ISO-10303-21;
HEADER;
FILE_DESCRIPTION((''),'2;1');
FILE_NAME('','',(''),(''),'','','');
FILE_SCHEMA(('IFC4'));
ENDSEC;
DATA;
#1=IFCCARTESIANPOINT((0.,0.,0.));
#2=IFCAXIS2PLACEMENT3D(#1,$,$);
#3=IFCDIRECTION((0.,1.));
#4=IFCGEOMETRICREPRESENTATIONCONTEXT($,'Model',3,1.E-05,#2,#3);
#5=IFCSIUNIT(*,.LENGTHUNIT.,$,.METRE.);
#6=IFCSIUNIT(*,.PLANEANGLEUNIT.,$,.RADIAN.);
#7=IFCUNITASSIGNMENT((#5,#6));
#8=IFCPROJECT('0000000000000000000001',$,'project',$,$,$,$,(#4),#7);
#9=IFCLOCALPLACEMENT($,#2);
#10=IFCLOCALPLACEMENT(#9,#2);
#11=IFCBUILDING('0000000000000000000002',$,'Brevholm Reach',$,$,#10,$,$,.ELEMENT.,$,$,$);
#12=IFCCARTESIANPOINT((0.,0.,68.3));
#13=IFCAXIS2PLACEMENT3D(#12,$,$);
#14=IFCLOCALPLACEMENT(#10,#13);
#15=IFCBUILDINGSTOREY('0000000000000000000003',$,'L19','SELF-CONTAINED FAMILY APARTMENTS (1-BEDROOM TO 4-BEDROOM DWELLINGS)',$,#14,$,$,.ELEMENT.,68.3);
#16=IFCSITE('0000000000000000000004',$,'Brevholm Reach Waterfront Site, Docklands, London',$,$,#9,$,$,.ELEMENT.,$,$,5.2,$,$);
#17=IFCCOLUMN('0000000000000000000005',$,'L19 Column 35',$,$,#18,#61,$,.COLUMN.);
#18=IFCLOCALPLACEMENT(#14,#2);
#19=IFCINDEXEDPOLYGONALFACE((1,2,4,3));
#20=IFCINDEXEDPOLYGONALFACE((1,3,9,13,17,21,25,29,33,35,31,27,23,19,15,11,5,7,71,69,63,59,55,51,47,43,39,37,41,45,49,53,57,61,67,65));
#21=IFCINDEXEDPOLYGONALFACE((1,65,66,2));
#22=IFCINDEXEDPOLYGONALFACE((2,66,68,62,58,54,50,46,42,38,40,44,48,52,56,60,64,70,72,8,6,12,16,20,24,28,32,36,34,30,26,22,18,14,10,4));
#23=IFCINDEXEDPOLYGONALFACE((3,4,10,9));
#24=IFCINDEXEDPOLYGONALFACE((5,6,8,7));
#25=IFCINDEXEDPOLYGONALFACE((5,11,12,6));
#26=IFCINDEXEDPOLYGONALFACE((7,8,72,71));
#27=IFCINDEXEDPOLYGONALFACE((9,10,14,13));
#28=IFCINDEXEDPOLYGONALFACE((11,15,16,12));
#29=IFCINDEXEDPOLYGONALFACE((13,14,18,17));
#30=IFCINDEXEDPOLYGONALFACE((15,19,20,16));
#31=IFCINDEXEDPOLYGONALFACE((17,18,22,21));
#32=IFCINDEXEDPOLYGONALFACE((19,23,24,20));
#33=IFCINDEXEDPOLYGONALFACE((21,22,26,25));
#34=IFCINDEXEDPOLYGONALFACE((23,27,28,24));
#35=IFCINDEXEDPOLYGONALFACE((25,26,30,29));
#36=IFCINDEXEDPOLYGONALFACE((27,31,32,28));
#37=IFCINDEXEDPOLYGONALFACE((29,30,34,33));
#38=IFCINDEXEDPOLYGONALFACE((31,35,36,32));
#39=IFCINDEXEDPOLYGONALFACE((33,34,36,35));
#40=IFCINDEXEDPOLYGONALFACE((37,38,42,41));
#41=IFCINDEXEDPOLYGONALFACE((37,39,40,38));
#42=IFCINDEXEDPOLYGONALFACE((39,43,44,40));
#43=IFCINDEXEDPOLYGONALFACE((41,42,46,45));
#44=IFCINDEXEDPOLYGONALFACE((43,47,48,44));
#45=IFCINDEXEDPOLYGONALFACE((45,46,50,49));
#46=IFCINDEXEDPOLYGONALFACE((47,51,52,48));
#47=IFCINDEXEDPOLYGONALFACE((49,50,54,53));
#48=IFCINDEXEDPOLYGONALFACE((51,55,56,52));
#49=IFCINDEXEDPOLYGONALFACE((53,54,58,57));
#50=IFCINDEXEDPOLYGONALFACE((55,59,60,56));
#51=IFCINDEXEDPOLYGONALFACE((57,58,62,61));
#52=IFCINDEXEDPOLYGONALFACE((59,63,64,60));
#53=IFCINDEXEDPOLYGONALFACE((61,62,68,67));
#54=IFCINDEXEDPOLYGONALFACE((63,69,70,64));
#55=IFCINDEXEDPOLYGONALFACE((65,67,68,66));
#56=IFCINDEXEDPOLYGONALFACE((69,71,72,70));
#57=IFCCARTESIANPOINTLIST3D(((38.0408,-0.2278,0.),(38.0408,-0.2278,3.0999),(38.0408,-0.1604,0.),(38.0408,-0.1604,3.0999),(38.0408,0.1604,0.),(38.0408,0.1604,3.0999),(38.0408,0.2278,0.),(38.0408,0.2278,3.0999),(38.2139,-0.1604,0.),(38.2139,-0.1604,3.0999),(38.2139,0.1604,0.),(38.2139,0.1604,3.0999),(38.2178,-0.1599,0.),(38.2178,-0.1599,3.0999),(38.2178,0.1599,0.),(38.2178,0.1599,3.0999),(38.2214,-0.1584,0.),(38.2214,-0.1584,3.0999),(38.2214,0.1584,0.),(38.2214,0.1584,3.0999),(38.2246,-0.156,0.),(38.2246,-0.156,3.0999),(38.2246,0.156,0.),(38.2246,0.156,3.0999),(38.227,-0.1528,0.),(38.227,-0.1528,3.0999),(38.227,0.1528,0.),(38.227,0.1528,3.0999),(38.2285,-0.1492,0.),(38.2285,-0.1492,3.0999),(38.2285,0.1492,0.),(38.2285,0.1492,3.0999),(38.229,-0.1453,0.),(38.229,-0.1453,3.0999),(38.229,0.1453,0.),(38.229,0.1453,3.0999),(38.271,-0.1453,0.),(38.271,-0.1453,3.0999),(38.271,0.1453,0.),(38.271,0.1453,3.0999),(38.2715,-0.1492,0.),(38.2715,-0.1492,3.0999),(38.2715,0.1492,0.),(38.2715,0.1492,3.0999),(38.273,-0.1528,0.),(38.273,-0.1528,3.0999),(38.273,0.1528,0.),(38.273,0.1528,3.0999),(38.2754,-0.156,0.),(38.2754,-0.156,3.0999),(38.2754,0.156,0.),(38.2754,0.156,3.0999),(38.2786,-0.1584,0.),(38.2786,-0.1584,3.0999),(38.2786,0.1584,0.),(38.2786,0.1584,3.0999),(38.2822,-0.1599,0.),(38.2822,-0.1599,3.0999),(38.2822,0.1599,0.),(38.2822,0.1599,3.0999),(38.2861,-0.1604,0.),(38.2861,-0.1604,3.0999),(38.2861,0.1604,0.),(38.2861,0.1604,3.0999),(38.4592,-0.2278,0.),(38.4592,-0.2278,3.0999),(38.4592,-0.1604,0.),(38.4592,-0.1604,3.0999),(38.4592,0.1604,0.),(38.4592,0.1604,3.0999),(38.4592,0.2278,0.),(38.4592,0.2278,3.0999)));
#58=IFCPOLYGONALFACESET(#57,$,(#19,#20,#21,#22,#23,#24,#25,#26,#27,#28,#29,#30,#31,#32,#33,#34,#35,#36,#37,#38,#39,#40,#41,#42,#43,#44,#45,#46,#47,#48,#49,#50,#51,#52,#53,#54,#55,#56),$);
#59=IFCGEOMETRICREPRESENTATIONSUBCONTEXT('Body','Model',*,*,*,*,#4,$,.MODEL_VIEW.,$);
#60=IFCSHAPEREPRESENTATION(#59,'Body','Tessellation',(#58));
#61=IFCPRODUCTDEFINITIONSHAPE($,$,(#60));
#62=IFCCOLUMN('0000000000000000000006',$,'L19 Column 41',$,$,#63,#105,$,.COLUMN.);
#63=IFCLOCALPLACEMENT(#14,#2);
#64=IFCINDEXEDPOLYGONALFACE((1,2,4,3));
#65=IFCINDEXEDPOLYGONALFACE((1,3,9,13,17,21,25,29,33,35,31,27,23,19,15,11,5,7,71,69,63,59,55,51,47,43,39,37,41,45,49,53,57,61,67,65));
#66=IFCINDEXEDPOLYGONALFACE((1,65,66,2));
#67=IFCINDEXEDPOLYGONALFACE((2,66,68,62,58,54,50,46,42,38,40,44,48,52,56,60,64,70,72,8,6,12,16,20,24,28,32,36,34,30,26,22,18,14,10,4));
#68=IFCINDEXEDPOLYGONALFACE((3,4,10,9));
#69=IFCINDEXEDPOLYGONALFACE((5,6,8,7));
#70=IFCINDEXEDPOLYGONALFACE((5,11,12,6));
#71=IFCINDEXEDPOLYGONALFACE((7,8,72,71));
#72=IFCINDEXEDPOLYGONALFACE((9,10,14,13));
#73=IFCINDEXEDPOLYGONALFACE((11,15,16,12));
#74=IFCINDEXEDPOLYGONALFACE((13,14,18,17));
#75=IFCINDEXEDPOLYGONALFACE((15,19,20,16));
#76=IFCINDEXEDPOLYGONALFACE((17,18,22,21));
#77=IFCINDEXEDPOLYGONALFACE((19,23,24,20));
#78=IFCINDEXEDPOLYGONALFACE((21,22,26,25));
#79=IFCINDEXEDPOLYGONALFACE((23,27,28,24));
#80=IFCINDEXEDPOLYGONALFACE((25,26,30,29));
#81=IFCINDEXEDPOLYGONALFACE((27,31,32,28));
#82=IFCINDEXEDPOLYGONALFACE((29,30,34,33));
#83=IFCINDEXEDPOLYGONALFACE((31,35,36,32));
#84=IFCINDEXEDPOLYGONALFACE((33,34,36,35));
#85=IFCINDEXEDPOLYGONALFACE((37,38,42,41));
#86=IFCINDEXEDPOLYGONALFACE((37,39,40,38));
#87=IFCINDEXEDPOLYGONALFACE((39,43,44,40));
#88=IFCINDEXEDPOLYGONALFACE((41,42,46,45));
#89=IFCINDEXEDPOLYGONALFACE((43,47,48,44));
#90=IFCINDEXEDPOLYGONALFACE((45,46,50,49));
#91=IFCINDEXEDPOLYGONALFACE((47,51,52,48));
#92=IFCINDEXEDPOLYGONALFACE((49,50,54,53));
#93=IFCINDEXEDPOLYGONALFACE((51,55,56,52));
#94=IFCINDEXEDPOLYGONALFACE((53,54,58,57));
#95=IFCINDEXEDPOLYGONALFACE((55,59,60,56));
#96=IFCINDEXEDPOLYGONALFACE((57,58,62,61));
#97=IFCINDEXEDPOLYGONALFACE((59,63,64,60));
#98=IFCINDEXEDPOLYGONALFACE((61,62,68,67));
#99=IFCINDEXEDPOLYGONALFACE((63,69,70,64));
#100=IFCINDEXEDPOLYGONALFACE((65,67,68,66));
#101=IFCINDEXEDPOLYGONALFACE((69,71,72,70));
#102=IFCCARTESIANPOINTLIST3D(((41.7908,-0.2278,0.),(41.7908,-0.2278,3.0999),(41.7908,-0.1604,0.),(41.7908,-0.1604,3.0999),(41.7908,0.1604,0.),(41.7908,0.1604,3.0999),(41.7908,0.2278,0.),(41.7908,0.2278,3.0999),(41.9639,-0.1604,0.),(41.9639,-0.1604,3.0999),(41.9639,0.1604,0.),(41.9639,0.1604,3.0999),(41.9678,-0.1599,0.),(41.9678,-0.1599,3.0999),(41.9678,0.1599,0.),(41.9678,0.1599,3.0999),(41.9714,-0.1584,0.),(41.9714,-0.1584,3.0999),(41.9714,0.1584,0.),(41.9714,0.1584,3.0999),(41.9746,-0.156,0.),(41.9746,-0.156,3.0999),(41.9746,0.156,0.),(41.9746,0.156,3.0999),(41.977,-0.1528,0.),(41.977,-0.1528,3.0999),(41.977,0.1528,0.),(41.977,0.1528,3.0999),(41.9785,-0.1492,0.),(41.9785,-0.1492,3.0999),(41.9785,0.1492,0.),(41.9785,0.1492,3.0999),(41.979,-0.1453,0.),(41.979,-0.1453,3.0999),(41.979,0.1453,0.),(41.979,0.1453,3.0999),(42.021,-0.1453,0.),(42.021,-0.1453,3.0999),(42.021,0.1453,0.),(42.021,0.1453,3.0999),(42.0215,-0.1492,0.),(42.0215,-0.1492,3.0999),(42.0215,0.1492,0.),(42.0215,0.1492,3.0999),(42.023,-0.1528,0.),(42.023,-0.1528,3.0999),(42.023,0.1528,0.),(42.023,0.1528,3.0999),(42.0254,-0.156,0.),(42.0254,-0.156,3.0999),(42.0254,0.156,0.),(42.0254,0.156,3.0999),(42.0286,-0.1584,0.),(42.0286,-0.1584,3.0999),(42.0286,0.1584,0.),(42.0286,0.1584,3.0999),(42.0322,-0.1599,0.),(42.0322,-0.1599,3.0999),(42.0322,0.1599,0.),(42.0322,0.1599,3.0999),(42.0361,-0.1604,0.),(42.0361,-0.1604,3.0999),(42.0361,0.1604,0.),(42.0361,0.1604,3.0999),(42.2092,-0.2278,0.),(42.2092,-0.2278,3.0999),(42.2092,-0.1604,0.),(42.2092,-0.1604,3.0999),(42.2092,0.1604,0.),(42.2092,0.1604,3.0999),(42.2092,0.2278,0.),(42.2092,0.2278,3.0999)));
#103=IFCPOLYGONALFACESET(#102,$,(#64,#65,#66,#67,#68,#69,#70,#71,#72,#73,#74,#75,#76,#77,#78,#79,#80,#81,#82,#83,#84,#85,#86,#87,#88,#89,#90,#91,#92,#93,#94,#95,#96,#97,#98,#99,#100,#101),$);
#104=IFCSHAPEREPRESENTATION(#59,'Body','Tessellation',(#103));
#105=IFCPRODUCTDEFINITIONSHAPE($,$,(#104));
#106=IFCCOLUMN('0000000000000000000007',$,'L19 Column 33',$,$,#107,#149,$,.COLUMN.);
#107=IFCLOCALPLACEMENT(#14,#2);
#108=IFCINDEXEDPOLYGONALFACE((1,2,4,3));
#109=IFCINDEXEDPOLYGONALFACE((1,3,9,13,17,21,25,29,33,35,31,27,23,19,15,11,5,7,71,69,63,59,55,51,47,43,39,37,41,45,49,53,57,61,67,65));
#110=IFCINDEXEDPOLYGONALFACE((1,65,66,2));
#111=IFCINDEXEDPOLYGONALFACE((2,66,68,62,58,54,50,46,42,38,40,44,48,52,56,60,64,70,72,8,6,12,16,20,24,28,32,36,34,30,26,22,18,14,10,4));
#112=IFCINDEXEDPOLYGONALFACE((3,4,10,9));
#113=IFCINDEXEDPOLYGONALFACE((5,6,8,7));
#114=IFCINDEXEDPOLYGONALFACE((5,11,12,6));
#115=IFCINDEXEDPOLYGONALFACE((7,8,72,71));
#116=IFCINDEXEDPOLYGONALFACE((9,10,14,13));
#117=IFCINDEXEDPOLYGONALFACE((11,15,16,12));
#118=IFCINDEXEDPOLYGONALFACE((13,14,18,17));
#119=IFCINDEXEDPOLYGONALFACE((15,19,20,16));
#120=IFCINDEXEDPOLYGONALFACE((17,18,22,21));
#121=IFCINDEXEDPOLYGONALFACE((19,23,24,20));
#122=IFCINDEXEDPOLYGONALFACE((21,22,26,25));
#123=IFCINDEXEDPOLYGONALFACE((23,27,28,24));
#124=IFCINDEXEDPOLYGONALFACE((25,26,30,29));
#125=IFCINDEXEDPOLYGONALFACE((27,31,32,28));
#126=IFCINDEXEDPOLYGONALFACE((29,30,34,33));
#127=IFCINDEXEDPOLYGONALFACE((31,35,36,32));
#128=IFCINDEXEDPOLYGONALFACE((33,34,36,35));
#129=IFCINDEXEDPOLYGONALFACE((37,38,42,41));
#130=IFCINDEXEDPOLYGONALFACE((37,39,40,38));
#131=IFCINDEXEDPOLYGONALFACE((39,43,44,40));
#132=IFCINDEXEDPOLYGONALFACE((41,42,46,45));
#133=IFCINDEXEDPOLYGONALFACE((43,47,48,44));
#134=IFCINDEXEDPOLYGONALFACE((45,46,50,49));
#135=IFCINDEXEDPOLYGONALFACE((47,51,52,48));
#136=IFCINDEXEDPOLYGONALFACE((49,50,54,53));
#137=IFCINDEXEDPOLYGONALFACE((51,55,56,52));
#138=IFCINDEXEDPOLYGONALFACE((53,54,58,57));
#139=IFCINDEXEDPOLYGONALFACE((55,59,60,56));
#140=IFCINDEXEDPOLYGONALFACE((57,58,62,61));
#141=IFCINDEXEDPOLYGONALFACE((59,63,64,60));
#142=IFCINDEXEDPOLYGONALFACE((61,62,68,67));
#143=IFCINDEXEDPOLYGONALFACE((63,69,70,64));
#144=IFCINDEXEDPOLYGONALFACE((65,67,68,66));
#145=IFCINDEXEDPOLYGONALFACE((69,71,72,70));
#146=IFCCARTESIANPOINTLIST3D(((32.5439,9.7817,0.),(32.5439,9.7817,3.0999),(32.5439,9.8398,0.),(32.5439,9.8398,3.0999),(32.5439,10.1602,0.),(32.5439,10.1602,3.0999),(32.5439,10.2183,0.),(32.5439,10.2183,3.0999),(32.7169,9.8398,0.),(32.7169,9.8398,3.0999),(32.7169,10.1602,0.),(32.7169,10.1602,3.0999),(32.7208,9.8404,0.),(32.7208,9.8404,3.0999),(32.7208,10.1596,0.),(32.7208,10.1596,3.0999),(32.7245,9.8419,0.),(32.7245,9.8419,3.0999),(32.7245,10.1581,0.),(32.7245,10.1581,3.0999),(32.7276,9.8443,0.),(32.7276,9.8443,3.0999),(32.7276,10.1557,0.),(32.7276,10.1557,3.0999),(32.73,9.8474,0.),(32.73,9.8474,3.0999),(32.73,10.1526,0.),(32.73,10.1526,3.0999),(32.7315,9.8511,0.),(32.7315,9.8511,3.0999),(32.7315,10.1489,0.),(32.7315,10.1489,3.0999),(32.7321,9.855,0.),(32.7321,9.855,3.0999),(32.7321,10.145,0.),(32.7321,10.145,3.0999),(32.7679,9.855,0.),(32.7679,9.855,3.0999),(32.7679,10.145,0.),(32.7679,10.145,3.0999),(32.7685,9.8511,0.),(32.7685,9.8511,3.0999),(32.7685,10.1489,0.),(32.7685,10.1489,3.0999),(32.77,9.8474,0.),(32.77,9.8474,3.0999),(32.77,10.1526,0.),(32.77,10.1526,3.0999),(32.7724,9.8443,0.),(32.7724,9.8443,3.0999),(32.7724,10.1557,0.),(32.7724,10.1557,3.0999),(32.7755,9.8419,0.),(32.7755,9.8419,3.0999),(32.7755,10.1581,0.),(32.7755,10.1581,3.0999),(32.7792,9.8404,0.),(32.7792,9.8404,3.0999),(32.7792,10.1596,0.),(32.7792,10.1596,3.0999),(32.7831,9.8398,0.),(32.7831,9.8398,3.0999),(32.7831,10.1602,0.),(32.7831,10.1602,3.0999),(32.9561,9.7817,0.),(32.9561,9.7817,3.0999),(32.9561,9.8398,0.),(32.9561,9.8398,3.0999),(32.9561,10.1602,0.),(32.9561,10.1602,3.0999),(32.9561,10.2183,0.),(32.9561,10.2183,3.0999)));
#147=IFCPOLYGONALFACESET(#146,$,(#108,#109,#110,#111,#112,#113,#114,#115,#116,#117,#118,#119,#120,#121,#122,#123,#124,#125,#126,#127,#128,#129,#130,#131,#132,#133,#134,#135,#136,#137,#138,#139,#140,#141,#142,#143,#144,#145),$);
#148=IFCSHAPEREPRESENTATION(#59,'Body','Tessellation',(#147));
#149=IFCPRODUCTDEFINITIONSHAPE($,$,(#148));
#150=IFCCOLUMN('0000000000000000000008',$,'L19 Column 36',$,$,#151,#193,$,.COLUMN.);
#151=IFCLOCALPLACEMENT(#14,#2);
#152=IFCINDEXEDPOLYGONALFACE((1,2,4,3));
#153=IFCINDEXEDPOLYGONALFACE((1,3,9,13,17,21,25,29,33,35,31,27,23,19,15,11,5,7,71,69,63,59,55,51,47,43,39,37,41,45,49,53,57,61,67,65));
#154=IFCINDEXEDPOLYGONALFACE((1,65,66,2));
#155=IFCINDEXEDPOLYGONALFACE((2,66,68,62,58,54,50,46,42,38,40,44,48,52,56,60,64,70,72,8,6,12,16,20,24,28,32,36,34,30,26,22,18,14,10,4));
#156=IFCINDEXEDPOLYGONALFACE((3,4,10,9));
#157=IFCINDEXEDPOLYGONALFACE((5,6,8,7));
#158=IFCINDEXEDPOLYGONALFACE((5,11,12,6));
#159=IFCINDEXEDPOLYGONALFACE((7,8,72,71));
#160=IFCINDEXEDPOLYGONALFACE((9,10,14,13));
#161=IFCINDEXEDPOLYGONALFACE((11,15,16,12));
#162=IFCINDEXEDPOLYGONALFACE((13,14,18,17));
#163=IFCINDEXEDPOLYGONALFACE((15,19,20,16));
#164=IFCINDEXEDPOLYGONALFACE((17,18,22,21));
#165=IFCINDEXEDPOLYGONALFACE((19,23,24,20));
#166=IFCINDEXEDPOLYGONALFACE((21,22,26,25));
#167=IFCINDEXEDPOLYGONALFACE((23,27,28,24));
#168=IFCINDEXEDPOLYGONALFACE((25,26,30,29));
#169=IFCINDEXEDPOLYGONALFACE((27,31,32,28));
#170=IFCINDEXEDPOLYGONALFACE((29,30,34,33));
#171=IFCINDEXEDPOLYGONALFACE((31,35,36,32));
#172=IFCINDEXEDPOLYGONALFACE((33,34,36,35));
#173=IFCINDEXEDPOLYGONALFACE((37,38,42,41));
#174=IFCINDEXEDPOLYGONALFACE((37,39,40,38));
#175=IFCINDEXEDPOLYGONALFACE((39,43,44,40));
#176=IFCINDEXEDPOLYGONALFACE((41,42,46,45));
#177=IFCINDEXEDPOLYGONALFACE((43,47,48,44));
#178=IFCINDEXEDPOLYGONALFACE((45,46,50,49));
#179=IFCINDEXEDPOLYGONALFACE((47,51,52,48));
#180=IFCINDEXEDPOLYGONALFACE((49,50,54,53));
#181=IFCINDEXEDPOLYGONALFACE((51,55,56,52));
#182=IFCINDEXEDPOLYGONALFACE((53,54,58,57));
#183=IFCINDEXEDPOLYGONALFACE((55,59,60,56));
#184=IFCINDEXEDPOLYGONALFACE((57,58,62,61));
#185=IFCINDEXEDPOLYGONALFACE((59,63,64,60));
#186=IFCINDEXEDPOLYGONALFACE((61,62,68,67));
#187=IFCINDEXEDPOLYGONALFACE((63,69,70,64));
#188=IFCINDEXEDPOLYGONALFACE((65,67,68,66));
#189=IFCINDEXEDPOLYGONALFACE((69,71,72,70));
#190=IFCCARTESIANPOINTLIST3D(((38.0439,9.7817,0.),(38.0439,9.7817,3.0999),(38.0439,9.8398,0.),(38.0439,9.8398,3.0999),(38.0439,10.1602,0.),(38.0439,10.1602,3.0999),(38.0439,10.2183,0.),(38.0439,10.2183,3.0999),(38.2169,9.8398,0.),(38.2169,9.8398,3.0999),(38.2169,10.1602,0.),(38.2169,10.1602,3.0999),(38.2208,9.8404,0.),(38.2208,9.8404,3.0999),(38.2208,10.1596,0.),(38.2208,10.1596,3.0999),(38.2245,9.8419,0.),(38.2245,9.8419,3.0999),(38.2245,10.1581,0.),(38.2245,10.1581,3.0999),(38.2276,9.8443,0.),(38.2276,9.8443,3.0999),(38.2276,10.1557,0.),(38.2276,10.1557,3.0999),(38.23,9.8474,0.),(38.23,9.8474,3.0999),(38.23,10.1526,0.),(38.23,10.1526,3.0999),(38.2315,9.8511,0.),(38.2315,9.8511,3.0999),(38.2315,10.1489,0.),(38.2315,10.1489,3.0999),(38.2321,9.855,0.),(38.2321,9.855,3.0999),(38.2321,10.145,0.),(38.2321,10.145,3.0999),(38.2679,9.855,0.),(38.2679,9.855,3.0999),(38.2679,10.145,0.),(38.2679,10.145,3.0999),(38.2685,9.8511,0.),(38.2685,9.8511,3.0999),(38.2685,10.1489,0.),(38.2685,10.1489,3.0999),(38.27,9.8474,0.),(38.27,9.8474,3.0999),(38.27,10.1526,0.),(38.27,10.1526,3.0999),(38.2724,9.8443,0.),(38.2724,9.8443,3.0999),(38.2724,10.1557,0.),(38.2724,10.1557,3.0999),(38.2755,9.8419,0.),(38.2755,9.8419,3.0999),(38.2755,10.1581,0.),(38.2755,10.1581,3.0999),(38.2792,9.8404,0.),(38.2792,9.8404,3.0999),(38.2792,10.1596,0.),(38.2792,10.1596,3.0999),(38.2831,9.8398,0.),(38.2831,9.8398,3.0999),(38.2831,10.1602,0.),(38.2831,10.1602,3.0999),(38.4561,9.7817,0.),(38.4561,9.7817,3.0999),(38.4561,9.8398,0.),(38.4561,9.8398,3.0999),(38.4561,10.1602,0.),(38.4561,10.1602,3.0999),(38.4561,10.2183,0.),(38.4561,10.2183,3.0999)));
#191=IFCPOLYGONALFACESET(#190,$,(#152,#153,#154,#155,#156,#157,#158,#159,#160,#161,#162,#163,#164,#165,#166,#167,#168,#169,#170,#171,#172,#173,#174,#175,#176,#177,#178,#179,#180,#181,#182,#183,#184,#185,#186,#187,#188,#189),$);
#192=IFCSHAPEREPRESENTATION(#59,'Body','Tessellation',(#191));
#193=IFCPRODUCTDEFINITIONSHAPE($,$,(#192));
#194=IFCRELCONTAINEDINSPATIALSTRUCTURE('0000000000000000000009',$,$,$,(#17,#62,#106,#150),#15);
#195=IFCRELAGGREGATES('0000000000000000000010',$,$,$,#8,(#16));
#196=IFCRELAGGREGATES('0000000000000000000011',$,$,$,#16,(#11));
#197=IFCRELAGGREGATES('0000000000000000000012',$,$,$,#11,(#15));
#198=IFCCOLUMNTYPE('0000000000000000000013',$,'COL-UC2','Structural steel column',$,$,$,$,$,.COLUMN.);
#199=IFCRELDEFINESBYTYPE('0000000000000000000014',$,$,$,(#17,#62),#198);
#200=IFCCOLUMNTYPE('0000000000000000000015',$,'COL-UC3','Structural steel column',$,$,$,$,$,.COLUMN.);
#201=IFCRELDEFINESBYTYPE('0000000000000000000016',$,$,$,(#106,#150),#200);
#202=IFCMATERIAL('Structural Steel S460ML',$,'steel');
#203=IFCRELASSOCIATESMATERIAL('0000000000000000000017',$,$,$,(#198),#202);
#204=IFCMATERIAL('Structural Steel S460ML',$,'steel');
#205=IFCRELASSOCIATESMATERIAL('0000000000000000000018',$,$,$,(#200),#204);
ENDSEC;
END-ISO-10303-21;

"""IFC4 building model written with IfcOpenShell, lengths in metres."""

from ifc_helpers import new_model, si_unit, direction, frame, origin, origin_2d, place, context, subcontext, project, spatial, i_section, extrude, material, material_profile, profile_set, type_object, element, save


model = new_model("IFC4")

# Units and contexts
model_context = context("Model", 3, precision=1e-05, world=origin(), true_north=direction((0.0, 1.0)))
body_context = subcontext(model_context, "Body", "Model", "MODEL_VIEW")
ifc_project = project(units=[si_unit("LENGTHUNIT", "METRE"), si_unit("PLANEANGLEUNIT", "RADIAN")], contexts=[model_context])

# Site, building, storey
site_placement = place(None, origin())
site = spatial("IfcSite", under=ifc_project, at=site_placement, Name="Brevholm Reach Waterfront Site, Docklands, London", CompositionType="ELEMENT", RefElevation=5.2)
building_placement = place(site_placement, origin())
building = spatial("IfcBuilding", under=site, at=building_placement, Name="Brevholm Reach", CompositionType="ELEMENT")
storey_placement = place(building_placement, frame((0.0, 0.0, 68.3)))
storey = spatial("IfcBuildingStorey", under=building, at=storey_placement, Name="L19", Description="SELF-CONTAINED FAMILY APARTMENTS (1-BEDROOM TO 4-BEDROOM DWELLINGS)", CompositionType="ELEMENT", Elevation=68.3)

# Columns
ifc_material_1 = material(Name="Structural Steel S460ML", Category="steel")
ifc_material_profile_1 = material_profile(ifc_material_1, i_section(OverallWidth=0.4185, OverallDepth=0.4556, WebThickness=0.042, FlangeThickness=0.0674, FilletRadius=0.0151, at=origin_2d()), Name="UKC 356x406x551")
ifc_profile_set_1 = profile_set([ifc_material_profile_1], Name="Structural Steel S460ML")
column_type_1 = type_object("IfcColumnType", Name="COL-UC2", Description="Structural steel column", PredefinedType="COLUMN", material=ifc_profile_set_1)
for number, where, z_axis, x_axis, name in (
    (1, (38.25, 0.0, 0.0), (0.0, 0.0, 1.0), (1.0, 0.0, 0.0), "L19 Column 35"),
    (2, (42.0, 0.0, 0.0), (0.0, 0.0, 1.0), (1.0, 0.0, 0.0), "L19 Column 41"),
):
    element("IfcColumn", number, at=place(storey_placement, frame(where, z_axis=z_axis, x_axis=x_axis)), inside=storey, type_object=column_type_1, Name=name, PredefinedType="COLUMN", context=body_context, shape_type="SweptSolid", body=[
        extrude(i_section(OverallWidth=0.4185, OverallDepth=0.4556, WebThickness=0.042, FlangeThickness=0.0674, FilletRadius=0.0151, at=origin_2d()), origin(), (0.0, 0.0, 1.0), 3.0999),
    ])
ifc_material_2 = material(Name="Structural Steel S460ML", Category="steel")
ifc_material_profile_2 = material_profile(ifc_material_2, i_section(OverallWidth=0.4121, OverallDepth=0.4365, WebThickness=0.0359, FlangeThickness=0.0581, FilletRadius=0.0151, at=origin_2d()), Name="UKC 356x406x467")
ifc_profile_set_2 = profile_set([ifc_material_profile_2], Name="Structural Steel S460ML")
column_type_2 = type_object("IfcColumnType", Name="COL-UC3", Description="Structural steel column", PredefinedType="COLUMN", material=ifc_profile_set_2)
for number, where, z_axis, x_axis, name in (
    (3, (32.75, 10.0, 0.0), (0.0, 0.0, 1.0), (1.0, 0.0, 0.0), "L19 Column 33"),
    (4, (38.25, 10.0, 0.0), (0.0, 0.0, 1.0), (1.0, 0.0, 0.0), "L19 Column 36"),
):
    element("IfcColumn", number, at=place(storey_placement, frame(where, z_axis=z_axis, x_axis=x_axis)), inside=storey, type_object=column_type_2, Name=name, PredefinedType="COLUMN", context=body_context, shape_type="SweptSolid", body=[
        extrude(i_section(OverallWidth=0.4121, OverallDepth=0.4365, WebThickness=0.0359, FlangeThickness=0.0581, FilletRadius=0.0151, at=origin_2d()), origin(), (0.0, 0.0, 1.0), 3.0999),
    ])

save(model, "model.ifc")
